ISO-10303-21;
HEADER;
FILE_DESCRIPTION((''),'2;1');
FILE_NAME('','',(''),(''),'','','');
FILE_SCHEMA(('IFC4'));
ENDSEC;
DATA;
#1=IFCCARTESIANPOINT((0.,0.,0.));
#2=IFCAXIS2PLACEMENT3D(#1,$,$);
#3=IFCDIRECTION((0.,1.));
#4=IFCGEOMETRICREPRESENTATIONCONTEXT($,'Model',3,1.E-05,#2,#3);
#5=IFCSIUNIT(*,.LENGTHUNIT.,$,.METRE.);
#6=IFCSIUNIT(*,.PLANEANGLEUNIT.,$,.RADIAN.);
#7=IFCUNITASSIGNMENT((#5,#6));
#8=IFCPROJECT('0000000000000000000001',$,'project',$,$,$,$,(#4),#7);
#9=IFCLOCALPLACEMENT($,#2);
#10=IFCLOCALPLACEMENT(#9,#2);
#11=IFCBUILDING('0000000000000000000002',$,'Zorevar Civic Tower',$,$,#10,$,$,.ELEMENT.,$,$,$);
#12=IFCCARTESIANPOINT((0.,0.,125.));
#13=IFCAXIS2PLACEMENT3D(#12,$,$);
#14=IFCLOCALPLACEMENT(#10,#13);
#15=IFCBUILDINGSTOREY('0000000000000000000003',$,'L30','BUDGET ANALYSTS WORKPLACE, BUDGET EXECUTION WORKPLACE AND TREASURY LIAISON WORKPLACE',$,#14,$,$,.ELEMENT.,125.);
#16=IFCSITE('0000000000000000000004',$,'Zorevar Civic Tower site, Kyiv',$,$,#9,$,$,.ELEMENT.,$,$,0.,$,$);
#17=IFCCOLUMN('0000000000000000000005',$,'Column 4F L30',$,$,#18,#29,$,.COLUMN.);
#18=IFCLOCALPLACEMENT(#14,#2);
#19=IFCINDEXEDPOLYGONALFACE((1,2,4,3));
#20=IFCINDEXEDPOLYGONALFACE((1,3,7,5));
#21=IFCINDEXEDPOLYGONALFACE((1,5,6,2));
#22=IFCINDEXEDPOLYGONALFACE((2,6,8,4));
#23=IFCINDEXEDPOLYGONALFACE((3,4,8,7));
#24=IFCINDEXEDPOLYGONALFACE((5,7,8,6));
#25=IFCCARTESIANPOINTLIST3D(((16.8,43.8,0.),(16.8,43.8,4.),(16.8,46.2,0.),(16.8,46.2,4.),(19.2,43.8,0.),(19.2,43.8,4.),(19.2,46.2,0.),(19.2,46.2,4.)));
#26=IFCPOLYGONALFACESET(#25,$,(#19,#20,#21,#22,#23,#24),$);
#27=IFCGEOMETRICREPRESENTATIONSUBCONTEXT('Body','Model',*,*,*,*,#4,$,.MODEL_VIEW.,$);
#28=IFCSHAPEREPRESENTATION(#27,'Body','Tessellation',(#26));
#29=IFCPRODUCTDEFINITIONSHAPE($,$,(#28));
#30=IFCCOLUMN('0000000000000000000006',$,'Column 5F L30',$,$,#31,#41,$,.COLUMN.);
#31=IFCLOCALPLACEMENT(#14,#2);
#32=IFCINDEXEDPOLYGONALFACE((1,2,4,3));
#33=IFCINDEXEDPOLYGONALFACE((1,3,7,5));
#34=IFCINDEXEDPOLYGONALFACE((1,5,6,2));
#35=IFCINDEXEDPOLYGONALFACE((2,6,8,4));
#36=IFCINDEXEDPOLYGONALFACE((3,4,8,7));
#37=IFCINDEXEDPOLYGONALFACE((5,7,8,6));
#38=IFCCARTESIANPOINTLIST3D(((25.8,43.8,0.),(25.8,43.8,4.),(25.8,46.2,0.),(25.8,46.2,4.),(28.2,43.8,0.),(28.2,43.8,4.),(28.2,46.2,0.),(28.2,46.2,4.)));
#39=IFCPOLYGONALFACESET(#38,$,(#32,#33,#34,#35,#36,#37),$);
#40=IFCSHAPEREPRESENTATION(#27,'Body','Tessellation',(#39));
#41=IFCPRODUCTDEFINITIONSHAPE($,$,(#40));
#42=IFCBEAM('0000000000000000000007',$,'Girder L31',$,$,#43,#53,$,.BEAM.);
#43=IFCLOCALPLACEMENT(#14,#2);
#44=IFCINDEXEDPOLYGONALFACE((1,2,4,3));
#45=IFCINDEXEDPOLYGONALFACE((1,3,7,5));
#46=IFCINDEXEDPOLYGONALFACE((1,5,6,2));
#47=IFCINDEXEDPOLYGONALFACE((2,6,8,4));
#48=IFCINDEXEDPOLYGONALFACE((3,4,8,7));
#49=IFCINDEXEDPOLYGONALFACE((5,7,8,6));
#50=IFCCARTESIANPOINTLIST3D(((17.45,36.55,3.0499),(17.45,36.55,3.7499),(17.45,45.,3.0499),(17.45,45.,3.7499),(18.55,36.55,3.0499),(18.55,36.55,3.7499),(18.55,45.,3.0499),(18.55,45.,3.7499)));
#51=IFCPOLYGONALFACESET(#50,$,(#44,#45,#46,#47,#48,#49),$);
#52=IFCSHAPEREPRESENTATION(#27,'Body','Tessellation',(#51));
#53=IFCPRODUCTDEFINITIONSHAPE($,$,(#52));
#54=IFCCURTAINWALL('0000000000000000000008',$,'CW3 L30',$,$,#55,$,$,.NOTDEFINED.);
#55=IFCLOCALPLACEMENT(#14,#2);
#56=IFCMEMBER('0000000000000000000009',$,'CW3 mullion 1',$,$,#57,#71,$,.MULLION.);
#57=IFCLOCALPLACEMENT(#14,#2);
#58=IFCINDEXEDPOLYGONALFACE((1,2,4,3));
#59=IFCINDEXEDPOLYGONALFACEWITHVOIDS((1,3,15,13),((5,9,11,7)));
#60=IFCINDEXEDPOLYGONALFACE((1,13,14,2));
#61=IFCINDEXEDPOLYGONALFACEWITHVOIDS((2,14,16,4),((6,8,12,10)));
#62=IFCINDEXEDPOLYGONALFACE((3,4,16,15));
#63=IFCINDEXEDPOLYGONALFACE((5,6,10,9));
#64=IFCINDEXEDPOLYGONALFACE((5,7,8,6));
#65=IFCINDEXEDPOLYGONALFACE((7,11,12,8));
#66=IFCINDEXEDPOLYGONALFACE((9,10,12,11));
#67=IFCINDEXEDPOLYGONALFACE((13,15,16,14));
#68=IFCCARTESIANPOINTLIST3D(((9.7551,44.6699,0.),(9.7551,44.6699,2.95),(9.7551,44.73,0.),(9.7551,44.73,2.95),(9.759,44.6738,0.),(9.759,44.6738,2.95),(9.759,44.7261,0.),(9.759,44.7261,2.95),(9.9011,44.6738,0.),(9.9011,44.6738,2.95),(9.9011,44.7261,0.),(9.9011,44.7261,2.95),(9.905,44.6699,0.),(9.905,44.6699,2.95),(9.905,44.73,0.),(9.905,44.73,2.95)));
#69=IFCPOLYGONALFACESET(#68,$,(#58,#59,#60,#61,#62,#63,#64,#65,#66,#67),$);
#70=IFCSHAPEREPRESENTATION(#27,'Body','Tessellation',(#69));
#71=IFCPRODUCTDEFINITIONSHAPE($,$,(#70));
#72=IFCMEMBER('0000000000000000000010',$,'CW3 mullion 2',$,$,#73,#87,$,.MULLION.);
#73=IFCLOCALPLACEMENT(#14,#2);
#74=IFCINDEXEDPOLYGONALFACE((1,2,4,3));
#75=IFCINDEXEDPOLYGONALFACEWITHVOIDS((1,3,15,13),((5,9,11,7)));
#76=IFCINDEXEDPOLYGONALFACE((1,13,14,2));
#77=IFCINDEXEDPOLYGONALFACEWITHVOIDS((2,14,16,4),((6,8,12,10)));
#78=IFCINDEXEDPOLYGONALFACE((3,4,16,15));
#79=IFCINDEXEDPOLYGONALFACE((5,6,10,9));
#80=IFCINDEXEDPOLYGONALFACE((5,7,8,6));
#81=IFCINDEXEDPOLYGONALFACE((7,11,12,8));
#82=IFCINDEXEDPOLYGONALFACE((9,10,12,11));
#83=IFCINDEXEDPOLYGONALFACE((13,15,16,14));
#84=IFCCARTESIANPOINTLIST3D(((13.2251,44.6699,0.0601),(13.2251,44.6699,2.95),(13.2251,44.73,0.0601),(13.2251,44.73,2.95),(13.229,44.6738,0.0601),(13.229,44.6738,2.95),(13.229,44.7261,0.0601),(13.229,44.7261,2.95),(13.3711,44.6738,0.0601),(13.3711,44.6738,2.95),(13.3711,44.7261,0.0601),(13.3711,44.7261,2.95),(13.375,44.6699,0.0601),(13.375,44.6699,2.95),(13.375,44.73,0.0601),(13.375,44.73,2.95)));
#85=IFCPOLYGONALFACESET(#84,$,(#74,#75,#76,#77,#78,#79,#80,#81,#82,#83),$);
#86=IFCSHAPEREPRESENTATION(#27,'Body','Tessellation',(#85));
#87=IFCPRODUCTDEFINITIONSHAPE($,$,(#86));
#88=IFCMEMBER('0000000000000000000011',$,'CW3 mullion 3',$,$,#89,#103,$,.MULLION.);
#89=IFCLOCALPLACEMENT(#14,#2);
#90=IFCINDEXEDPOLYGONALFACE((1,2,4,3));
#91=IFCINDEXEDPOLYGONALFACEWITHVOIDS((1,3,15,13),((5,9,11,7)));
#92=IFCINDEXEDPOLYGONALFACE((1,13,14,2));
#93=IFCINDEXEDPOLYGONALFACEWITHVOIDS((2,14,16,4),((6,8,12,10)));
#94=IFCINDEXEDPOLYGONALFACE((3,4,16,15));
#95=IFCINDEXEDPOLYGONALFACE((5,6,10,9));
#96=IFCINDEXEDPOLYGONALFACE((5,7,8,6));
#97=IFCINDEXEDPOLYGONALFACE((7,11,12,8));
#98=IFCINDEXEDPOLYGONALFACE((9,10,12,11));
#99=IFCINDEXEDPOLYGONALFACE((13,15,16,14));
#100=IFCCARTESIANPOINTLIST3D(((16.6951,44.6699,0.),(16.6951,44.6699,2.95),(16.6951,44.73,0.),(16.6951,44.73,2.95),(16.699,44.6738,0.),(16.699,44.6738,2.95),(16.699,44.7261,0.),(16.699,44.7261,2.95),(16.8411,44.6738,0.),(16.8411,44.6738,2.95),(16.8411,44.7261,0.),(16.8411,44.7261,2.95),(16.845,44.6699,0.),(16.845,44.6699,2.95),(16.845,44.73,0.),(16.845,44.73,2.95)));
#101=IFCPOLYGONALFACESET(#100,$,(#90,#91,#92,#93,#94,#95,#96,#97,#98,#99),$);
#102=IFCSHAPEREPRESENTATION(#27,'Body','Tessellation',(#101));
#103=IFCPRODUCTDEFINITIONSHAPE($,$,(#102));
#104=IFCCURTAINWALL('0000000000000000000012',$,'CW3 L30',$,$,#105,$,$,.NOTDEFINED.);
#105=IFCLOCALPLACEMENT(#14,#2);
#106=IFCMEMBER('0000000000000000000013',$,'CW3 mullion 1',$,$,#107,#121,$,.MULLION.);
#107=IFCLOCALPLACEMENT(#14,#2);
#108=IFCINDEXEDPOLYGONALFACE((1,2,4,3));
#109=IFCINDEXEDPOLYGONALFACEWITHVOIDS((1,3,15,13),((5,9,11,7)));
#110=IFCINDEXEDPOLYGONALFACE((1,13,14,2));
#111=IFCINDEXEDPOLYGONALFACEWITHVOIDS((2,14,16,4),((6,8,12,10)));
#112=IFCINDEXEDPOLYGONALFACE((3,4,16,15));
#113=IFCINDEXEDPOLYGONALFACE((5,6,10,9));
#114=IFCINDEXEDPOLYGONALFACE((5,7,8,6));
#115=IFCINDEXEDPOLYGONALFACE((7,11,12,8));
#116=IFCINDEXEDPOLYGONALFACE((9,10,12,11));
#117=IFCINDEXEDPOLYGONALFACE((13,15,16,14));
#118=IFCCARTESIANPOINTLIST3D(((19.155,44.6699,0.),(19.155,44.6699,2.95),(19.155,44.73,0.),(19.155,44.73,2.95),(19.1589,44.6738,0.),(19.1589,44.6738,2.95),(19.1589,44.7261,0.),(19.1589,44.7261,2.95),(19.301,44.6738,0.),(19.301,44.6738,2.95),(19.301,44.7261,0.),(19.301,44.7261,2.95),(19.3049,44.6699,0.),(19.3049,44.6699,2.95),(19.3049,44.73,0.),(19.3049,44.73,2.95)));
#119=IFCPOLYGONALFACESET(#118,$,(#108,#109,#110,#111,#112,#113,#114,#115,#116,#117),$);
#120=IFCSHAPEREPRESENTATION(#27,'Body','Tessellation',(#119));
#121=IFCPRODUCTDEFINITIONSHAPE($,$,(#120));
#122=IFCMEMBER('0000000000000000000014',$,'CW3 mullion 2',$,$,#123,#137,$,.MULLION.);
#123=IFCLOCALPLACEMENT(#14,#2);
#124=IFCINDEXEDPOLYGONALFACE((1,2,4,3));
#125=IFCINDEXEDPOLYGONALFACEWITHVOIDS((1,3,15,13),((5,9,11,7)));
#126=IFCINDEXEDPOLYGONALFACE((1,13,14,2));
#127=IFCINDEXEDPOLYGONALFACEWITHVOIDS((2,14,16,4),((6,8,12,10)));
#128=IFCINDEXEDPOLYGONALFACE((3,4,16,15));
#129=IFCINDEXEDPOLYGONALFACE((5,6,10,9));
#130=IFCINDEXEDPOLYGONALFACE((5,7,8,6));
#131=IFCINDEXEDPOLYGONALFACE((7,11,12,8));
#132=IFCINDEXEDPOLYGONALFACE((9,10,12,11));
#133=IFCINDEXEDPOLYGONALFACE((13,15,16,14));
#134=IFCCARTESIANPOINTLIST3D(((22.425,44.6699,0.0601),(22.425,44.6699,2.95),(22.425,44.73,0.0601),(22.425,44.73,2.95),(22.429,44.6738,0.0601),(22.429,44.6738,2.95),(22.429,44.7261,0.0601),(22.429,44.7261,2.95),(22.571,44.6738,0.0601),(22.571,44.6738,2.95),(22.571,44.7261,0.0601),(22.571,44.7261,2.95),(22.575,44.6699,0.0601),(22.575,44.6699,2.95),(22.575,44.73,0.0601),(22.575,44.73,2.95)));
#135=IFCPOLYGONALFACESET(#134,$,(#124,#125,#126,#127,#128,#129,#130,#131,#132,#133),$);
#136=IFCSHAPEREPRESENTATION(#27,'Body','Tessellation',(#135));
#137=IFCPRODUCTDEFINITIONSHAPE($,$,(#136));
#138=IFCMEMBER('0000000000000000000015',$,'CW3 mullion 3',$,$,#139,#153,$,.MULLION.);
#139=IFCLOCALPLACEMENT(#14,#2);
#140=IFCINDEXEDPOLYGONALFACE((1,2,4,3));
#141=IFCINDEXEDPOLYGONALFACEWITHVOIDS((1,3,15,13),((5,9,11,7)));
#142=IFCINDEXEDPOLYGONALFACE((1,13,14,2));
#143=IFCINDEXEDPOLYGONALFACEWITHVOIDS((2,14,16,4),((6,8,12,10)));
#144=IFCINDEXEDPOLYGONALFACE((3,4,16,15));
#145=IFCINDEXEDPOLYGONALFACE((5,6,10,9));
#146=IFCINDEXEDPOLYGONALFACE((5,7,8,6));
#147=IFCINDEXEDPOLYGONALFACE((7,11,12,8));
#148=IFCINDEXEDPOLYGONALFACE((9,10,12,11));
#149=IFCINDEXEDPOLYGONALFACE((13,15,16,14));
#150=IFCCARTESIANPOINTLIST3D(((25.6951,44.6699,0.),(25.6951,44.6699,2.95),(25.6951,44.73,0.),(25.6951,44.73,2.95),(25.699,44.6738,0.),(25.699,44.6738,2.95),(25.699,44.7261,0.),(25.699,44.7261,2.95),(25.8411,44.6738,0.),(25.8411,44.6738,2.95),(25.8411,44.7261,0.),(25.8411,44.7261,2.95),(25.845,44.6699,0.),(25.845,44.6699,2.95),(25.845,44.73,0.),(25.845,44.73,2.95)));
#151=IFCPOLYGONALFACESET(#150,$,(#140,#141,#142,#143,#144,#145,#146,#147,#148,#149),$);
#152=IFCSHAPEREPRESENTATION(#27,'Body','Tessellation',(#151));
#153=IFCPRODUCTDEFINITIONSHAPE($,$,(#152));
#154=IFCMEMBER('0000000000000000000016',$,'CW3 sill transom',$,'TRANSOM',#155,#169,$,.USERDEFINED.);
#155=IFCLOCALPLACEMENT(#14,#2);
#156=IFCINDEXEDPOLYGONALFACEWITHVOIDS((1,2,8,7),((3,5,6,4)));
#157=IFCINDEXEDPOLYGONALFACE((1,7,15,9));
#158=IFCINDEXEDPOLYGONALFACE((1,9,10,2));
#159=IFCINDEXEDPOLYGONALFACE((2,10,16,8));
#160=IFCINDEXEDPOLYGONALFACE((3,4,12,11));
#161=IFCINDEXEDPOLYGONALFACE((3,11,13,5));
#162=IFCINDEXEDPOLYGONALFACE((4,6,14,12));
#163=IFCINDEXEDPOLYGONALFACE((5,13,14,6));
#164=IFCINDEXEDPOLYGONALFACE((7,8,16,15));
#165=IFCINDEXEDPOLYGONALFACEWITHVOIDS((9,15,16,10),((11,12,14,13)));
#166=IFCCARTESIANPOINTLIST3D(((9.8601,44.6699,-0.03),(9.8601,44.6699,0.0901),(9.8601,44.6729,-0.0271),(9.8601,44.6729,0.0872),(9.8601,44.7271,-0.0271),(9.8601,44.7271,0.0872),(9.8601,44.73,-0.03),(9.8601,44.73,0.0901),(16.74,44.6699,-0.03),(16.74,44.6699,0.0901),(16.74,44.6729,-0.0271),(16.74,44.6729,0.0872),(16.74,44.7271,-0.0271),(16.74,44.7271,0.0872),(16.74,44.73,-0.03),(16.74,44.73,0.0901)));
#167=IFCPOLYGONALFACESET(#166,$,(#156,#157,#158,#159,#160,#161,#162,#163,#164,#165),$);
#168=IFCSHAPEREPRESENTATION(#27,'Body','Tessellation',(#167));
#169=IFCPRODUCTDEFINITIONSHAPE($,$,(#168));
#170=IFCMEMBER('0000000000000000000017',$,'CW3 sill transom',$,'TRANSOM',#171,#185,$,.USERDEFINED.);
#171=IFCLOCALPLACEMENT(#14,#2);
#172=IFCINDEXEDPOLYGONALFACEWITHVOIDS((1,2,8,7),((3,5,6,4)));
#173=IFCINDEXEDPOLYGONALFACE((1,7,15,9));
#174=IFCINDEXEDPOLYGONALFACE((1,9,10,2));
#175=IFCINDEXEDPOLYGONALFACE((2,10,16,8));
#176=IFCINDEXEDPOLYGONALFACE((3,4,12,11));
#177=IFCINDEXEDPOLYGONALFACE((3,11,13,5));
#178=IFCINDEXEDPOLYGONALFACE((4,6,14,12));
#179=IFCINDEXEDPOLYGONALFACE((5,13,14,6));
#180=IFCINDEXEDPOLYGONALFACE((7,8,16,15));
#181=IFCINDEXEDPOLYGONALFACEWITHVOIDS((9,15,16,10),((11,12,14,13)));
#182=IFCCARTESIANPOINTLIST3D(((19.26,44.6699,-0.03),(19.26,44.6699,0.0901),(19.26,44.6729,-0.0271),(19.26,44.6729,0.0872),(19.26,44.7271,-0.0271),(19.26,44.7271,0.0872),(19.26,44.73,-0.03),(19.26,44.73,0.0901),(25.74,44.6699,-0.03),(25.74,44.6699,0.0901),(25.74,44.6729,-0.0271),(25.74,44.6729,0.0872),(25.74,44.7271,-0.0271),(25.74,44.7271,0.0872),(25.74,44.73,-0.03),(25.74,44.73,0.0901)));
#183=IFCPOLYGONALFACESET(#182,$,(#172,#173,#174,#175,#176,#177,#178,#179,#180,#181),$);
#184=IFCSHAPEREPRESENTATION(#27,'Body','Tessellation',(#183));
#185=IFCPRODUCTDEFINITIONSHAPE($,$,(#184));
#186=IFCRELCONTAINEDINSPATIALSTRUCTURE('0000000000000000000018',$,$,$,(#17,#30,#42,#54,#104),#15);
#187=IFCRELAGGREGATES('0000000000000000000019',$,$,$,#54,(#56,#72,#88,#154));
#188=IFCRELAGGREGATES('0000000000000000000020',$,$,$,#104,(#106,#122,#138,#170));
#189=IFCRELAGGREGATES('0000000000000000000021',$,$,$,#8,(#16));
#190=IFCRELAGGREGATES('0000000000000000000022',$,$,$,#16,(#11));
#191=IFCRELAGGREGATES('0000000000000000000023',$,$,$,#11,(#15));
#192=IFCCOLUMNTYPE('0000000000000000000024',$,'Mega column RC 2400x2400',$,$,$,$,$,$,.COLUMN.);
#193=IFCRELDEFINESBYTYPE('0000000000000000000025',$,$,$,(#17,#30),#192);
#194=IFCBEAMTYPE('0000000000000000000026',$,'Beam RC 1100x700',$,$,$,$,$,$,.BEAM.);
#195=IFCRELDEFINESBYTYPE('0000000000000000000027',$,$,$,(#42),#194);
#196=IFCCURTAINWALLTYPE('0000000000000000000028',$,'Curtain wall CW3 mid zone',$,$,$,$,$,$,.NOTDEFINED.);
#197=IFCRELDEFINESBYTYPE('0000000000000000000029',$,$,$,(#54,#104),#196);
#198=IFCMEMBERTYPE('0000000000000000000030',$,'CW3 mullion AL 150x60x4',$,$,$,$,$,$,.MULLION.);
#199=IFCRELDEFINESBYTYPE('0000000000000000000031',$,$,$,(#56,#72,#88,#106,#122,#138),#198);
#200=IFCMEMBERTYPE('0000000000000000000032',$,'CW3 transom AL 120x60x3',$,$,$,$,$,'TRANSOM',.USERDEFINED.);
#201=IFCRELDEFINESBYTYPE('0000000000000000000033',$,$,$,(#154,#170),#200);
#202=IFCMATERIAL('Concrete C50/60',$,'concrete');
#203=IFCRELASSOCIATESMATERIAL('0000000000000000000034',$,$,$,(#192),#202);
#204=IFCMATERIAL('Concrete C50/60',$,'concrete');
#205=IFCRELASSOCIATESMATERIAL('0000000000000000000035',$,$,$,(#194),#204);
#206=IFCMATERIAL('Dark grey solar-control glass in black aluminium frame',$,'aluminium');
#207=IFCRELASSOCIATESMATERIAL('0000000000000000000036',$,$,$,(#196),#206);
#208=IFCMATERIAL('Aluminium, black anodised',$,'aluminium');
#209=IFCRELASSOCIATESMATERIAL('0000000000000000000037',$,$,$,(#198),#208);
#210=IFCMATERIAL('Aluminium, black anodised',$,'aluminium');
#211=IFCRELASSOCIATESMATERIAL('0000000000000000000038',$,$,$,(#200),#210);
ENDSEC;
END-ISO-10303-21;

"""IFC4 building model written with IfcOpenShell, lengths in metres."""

from ifc_helpers import new_model, si_unit, direction, frame, origin, origin_2d, place, context, subcontext, project, spatial, rectangle, hollow_rectangle, extrude, material, material_profile, profile_set, type_object, element, aggregate, save


model = new_model("IFC4")

# Units and contexts
model_context = context("Model", 3, precision=1e-05, world=origin(), true_north=direction((0.0, 1.0)))
body_context = subcontext(model_context, "Body", "Model", "MODEL_VIEW")
ifc_project = project(units=[si_unit("LENGTHUNIT", "METRE"), si_unit("PLANEANGLEUNIT", "RADIAN")], contexts=[model_context])

# Site, building, storey
site_placement = place(None, origin())
site = spatial("IfcSite", under=ifc_project, at=site_placement, Name="Zorevar Civic Tower site, Kyiv", CompositionType="ELEMENT", RefElevation=0.0)
building_placement = place(site_placement, origin())
building = spatial("IfcBuilding", under=site, at=building_placement, Name="Zorevar Civic Tower", CompositionType="ELEMENT")
storey_placement = place(building_placement, frame((0.0, 0.0, 125.0)))
storey = spatial("IfcBuildingStorey", under=building, at=storey_placement, Name="L30", Description="BUDGET ANALYSTS WORKPLACE, BUDGET EXECUTION WORKPLACE AND TREASURY LIAISON WORKPLACE", CompositionType="ELEMENT", Elevation=125.0)

# Columns
ifc_material_1 = material(Name="Concrete C50/60", Category="concrete")
ifc_material_profile_1 = material_profile(ifc_material_1, rectangle(XDim=2.3999, YDim=2.3999, at=origin_2d()), Name="RC 2400x2400")
ifc_profile_set_1 = profile_set([ifc_material_profile_1], Name="Concrete C50/60")
column_type = type_object("IfcColumnType", Name="Mega column RC 2400x2400", PredefinedType="COLUMN", material=ifc_profile_set_1)
for number, where, z_axis, x_axis, name in (
    (1, (18.0, 45.0, 0.0), (0.0, 0.0, 1.0), (1.0, 0.0, 0.0), "Column 4F L30"),
    (2, (27.0, 45.0, 0.0), (0.0, 0.0, 1.0), (1.0, 0.0, 0.0), "Column 5F L30"),
):
    element("IfcColumn", number, at=place(storey_placement, frame(where, z_axis=z_axis, x_axis=x_axis)), inside=storey, type_object=column_type, Name=name, PredefinedType="COLUMN", context=body_context, shape_type="SweptSolid", body=[
        extrude(rectangle(XDim=2.3999, YDim=2.3999, at=origin_2d()), origin(), (0.0, 0.0, 1.0), 4.0),
    ])

# Beam
ifc_material_2 = material(Name="Concrete C50/60", Category="concrete")
ifc_material_profile_2 = material_profile(ifc_material_2, rectangle(XDim=1.1001, YDim=0.7, at=origin_2d()), Name="RC 1100x700")
ifc_profile_set_2 = profile_set([ifc_material_profile_2], Name="Concrete C50/60")
beam_type_1 = type_object("IfcBeamType", Name="Beam RC 1100x700", PredefinedType="BEAM", material=ifc_profile_set_2)
beam_1_placement = place(storey_placement, frame((18.0, 36.55, 3.3999), z_axis=(0.0, 1.0, 0.0), x_axis=(-1.0, 0.0, 0.0)))
element("IfcBeam", 3, at=beam_1_placement, inside=storey, type_object=beam_type_1, Name="Girder L31", PredefinedType="BEAM", context=body_context, shape_type="SweptSolid", body=[
    extrude(rectangle(XDim=1.1001, YDim=0.7, at=origin_2d()), origin(), (0.0, 0.0, 1.0), 8.45),
])

# Curtain walls, members
ifc_material_3 = material(Name="Dark grey solar-control glass in black aluminium frame", Category="aluminium")
curtain_wall_type = type_object("IfcCurtainWallType", Name="Curtain wall CW3 mid zone", PredefinedType="NOTDEFINED", material=ifc_material_3)
curtain_wall_1_placement = place(storey_placement, origin())
curtain_wall_1 = element("IfcCurtainWall", 4, at=curtain_wall_1_placement, inside=storey, type_object=curtain_wall_type, Name="CW3 L30", PredefinedType="NOTDEFINED")
ifc_material_4 = material(Name="Aluminium, black anodised", Category="aluminium")
ifc_material_profile_3 = material_profile(ifc_material_4, hollow_rectangle(XDim=0.0601, YDim=0.1499, WallThickness=0.0039, at=origin_2d()), Name="AL 150x60x4")
ifc_profile_set_3 = profile_set([ifc_material_profile_3], Name="Aluminium, black anodised")
member_type_1 = type_object("IfcMemberType", Name="CW3 mullion AL 150x60x4", PredefinedType="MULLION", material=ifc_profile_set_3)
member_1_placement = place(storey_placement, frame((9.8301, 44.7, 0.0), z_axis=(0.0, 0.0, 1.0), x_axis=(0.0, 1.0, 0.0)))
member_1 = element("IfcMember", 5, at=member_1_placement, type_object=member_type_1, Name="CW3 mullion 1", PredefinedType="MULLION", context=body_context, shape_type="SweptSolid", body=[
    extrude(hollow_rectangle(XDim=0.0601, YDim=0.1499, WallThickness=0.0039, at=origin_2d()), origin(), (0.0, 0.0, 1.0), 2.95),
])
member_2_placement = place(storey_placement, frame((13.3, 44.7, 0.0601), z_axis=(0.0, 0.0, 1.0), x_axis=(0.0, 1.0, 0.0)))
member_2 = element("IfcMember", 6, at=member_2_placement, type_object=member_type_1, Name="CW3 mullion 2", PredefinedType="MULLION", context=body_context, shape_type="SweptSolid", body=[
    extrude(hollow_rectangle(XDim=0.0601, YDim=0.1499, WallThickness=0.0039, at=origin_2d()), origin(), (0.0, 0.0, 1.0), 2.8899),
])
member_3_placement = place(storey_placement, frame((16.77, 44.7, 0.0), z_axis=(0.0, 0.0, 1.0), x_axis=(0.0, 1.0, 0.0)))
member_3 = element("IfcMember", 7, at=member_3_placement, type_object=member_type_1, Name="CW3 mullion 3", PredefinedType="MULLION", context=body_context, shape_type="SweptSolid", body=[
    extrude(hollow_rectangle(XDim=0.0601, YDim=0.1499, WallThickness=0.0039, at=origin_2d()), origin(), (0.0, 0.0, 1.0), 2.95),
])
curtain_wall_2_placement = place(storey_placement, origin())
curtain_wall_2 = element("IfcCurtainWall", 8, at=curtain_wall_2_placement, inside=storey, type_object=curtain_wall_type, Name="CW3 L30", PredefinedType="NOTDEFINED")
member_4_placement = place(storey_placement, frame((19.23, 44.7, 0.0), z_axis=(0.0, 0.0, 1.0), x_axis=(0.0, 1.0, 0.0)))
member_4 = element("IfcMember", 9, at=member_4_placement, type_object=member_type_1, Name="CW3 mullion 1", PredefinedType="MULLION", context=body_context, shape_type="SweptSolid", body=[
    extrude(hollow_rectangle(XDim=0.0601, YDim=0.1499, WallThickness=0.0039, at=origin_2d()), origin(), (0.0, 0.0, 1.0), 2.95),
])
member_5_placement = place(storey_placement, frame((22.5, 44.7, 0.0601), z_axis=(0.0, 0.0, 1.0), x_axis=(0.0, 1.0, 0.0)))
member_5 = element("IfcMember", 10, at=member_5_placement, type_object=member_type_1, Name="CW3 mullion 2", PredefinedType="MULLION", context=body_context, shape_type="SweptSolid", body=[
    extrude(hollow_rectangle(XDim=0.0601, YDim=0.1499, WallThickness=0.0039, at=origin_2d()), origin(), (0.0, 0.0, 1.0), 2.8899),
])
member_6_placement = place(storey_placement, frame((25.77, 44.7, 0.0), z_axis=(0.0, 0.0, 1.0), x_axis=(0.0, 1.0, 0.0)))
member_6 = element("IfcMember", 11, at=member_6_placement, type_object=member_type_1, Name="CW3 mullion 3", PredefinedType="MULLION", context=body_context, shape_type="SweptSolid", body=[
    extrude(hollow_rectangle(XDim=0.0601, YDim=0.1499, WallThickness=0.0039, at=origin_2d()), origin(), (0.0, 0.0, 1.0), 2.95),
])

# Members
ifc_material_5 = material(Name="Aluminium, black anodised", Category="aluminium")
ifc_material_profile_4 = material_profile(ifc_material_5, hollow_rectangle(XDim=0.0601, YDim=0.1201, WallThickness=0.0029, at=origin_2d()), Name="AL 120x60x3")
ifc_profile_set_4 = profile_set([ifc_material_profile_4], Name="Aluminium, black anodised")
member_type_2 = type_object("IfcMemberType", Name="CW3 transom AL 120x60x3", ElementType="TRANSOM", PredefinedType="USERDEFINED", material=ifc_profile_set_4)
member_7_placement = place(storey_placement, frame((9.8601, 44.7, 0.03), z_axis=(1.0, 0.0, 0.0), x_axis=(0.0, 1.0, 0.0)))
member_7 = element("IfcMember", 12, at=member_7_placement, type_object=member_type_2, Name="CW3 sill transom", ObjectType="TRANSOM", PredefinedType="USERDEFINED", context=body_context, shape_type="SweptSolid", body=[
    extrude(hollow_rectangle(XDim=0.0601, YDim=0.1201, WallThickness=0.0029, at=origin_2d()), origin(), (0.0, 0.0, 1.0), 6.8799),
])
member_8_placement = place(storey_placement, frame((19.26, 44.7, 0.03), z_axis=(1.0, 0.0, 0.0), x_axis=(0.0, 1.0, 0.0)))
member_8 = element("IfcMember", 13, at=member_8_placement, type_object=member_type_2, Name="CW3 sill transom", ObjectType="TRANSOM", PredefinedType="USERDEFINED", context=body_context, shape_type="SweptSolid", body=[
    extrude(hollow_rectangle(XDim=0.0601, YDim=0.1201, WallThickness=0.0029, at=origin_2d()), origin(), (0.0, 0.0, 1.0), 6.48),
])

aggregate(curtain_wall_1, [member_1, member_2, member_3, member_7])
aggregate(curtain_wall_2, [member_4, member_5, member_6, member_8])

save(model, "model.ifc")
